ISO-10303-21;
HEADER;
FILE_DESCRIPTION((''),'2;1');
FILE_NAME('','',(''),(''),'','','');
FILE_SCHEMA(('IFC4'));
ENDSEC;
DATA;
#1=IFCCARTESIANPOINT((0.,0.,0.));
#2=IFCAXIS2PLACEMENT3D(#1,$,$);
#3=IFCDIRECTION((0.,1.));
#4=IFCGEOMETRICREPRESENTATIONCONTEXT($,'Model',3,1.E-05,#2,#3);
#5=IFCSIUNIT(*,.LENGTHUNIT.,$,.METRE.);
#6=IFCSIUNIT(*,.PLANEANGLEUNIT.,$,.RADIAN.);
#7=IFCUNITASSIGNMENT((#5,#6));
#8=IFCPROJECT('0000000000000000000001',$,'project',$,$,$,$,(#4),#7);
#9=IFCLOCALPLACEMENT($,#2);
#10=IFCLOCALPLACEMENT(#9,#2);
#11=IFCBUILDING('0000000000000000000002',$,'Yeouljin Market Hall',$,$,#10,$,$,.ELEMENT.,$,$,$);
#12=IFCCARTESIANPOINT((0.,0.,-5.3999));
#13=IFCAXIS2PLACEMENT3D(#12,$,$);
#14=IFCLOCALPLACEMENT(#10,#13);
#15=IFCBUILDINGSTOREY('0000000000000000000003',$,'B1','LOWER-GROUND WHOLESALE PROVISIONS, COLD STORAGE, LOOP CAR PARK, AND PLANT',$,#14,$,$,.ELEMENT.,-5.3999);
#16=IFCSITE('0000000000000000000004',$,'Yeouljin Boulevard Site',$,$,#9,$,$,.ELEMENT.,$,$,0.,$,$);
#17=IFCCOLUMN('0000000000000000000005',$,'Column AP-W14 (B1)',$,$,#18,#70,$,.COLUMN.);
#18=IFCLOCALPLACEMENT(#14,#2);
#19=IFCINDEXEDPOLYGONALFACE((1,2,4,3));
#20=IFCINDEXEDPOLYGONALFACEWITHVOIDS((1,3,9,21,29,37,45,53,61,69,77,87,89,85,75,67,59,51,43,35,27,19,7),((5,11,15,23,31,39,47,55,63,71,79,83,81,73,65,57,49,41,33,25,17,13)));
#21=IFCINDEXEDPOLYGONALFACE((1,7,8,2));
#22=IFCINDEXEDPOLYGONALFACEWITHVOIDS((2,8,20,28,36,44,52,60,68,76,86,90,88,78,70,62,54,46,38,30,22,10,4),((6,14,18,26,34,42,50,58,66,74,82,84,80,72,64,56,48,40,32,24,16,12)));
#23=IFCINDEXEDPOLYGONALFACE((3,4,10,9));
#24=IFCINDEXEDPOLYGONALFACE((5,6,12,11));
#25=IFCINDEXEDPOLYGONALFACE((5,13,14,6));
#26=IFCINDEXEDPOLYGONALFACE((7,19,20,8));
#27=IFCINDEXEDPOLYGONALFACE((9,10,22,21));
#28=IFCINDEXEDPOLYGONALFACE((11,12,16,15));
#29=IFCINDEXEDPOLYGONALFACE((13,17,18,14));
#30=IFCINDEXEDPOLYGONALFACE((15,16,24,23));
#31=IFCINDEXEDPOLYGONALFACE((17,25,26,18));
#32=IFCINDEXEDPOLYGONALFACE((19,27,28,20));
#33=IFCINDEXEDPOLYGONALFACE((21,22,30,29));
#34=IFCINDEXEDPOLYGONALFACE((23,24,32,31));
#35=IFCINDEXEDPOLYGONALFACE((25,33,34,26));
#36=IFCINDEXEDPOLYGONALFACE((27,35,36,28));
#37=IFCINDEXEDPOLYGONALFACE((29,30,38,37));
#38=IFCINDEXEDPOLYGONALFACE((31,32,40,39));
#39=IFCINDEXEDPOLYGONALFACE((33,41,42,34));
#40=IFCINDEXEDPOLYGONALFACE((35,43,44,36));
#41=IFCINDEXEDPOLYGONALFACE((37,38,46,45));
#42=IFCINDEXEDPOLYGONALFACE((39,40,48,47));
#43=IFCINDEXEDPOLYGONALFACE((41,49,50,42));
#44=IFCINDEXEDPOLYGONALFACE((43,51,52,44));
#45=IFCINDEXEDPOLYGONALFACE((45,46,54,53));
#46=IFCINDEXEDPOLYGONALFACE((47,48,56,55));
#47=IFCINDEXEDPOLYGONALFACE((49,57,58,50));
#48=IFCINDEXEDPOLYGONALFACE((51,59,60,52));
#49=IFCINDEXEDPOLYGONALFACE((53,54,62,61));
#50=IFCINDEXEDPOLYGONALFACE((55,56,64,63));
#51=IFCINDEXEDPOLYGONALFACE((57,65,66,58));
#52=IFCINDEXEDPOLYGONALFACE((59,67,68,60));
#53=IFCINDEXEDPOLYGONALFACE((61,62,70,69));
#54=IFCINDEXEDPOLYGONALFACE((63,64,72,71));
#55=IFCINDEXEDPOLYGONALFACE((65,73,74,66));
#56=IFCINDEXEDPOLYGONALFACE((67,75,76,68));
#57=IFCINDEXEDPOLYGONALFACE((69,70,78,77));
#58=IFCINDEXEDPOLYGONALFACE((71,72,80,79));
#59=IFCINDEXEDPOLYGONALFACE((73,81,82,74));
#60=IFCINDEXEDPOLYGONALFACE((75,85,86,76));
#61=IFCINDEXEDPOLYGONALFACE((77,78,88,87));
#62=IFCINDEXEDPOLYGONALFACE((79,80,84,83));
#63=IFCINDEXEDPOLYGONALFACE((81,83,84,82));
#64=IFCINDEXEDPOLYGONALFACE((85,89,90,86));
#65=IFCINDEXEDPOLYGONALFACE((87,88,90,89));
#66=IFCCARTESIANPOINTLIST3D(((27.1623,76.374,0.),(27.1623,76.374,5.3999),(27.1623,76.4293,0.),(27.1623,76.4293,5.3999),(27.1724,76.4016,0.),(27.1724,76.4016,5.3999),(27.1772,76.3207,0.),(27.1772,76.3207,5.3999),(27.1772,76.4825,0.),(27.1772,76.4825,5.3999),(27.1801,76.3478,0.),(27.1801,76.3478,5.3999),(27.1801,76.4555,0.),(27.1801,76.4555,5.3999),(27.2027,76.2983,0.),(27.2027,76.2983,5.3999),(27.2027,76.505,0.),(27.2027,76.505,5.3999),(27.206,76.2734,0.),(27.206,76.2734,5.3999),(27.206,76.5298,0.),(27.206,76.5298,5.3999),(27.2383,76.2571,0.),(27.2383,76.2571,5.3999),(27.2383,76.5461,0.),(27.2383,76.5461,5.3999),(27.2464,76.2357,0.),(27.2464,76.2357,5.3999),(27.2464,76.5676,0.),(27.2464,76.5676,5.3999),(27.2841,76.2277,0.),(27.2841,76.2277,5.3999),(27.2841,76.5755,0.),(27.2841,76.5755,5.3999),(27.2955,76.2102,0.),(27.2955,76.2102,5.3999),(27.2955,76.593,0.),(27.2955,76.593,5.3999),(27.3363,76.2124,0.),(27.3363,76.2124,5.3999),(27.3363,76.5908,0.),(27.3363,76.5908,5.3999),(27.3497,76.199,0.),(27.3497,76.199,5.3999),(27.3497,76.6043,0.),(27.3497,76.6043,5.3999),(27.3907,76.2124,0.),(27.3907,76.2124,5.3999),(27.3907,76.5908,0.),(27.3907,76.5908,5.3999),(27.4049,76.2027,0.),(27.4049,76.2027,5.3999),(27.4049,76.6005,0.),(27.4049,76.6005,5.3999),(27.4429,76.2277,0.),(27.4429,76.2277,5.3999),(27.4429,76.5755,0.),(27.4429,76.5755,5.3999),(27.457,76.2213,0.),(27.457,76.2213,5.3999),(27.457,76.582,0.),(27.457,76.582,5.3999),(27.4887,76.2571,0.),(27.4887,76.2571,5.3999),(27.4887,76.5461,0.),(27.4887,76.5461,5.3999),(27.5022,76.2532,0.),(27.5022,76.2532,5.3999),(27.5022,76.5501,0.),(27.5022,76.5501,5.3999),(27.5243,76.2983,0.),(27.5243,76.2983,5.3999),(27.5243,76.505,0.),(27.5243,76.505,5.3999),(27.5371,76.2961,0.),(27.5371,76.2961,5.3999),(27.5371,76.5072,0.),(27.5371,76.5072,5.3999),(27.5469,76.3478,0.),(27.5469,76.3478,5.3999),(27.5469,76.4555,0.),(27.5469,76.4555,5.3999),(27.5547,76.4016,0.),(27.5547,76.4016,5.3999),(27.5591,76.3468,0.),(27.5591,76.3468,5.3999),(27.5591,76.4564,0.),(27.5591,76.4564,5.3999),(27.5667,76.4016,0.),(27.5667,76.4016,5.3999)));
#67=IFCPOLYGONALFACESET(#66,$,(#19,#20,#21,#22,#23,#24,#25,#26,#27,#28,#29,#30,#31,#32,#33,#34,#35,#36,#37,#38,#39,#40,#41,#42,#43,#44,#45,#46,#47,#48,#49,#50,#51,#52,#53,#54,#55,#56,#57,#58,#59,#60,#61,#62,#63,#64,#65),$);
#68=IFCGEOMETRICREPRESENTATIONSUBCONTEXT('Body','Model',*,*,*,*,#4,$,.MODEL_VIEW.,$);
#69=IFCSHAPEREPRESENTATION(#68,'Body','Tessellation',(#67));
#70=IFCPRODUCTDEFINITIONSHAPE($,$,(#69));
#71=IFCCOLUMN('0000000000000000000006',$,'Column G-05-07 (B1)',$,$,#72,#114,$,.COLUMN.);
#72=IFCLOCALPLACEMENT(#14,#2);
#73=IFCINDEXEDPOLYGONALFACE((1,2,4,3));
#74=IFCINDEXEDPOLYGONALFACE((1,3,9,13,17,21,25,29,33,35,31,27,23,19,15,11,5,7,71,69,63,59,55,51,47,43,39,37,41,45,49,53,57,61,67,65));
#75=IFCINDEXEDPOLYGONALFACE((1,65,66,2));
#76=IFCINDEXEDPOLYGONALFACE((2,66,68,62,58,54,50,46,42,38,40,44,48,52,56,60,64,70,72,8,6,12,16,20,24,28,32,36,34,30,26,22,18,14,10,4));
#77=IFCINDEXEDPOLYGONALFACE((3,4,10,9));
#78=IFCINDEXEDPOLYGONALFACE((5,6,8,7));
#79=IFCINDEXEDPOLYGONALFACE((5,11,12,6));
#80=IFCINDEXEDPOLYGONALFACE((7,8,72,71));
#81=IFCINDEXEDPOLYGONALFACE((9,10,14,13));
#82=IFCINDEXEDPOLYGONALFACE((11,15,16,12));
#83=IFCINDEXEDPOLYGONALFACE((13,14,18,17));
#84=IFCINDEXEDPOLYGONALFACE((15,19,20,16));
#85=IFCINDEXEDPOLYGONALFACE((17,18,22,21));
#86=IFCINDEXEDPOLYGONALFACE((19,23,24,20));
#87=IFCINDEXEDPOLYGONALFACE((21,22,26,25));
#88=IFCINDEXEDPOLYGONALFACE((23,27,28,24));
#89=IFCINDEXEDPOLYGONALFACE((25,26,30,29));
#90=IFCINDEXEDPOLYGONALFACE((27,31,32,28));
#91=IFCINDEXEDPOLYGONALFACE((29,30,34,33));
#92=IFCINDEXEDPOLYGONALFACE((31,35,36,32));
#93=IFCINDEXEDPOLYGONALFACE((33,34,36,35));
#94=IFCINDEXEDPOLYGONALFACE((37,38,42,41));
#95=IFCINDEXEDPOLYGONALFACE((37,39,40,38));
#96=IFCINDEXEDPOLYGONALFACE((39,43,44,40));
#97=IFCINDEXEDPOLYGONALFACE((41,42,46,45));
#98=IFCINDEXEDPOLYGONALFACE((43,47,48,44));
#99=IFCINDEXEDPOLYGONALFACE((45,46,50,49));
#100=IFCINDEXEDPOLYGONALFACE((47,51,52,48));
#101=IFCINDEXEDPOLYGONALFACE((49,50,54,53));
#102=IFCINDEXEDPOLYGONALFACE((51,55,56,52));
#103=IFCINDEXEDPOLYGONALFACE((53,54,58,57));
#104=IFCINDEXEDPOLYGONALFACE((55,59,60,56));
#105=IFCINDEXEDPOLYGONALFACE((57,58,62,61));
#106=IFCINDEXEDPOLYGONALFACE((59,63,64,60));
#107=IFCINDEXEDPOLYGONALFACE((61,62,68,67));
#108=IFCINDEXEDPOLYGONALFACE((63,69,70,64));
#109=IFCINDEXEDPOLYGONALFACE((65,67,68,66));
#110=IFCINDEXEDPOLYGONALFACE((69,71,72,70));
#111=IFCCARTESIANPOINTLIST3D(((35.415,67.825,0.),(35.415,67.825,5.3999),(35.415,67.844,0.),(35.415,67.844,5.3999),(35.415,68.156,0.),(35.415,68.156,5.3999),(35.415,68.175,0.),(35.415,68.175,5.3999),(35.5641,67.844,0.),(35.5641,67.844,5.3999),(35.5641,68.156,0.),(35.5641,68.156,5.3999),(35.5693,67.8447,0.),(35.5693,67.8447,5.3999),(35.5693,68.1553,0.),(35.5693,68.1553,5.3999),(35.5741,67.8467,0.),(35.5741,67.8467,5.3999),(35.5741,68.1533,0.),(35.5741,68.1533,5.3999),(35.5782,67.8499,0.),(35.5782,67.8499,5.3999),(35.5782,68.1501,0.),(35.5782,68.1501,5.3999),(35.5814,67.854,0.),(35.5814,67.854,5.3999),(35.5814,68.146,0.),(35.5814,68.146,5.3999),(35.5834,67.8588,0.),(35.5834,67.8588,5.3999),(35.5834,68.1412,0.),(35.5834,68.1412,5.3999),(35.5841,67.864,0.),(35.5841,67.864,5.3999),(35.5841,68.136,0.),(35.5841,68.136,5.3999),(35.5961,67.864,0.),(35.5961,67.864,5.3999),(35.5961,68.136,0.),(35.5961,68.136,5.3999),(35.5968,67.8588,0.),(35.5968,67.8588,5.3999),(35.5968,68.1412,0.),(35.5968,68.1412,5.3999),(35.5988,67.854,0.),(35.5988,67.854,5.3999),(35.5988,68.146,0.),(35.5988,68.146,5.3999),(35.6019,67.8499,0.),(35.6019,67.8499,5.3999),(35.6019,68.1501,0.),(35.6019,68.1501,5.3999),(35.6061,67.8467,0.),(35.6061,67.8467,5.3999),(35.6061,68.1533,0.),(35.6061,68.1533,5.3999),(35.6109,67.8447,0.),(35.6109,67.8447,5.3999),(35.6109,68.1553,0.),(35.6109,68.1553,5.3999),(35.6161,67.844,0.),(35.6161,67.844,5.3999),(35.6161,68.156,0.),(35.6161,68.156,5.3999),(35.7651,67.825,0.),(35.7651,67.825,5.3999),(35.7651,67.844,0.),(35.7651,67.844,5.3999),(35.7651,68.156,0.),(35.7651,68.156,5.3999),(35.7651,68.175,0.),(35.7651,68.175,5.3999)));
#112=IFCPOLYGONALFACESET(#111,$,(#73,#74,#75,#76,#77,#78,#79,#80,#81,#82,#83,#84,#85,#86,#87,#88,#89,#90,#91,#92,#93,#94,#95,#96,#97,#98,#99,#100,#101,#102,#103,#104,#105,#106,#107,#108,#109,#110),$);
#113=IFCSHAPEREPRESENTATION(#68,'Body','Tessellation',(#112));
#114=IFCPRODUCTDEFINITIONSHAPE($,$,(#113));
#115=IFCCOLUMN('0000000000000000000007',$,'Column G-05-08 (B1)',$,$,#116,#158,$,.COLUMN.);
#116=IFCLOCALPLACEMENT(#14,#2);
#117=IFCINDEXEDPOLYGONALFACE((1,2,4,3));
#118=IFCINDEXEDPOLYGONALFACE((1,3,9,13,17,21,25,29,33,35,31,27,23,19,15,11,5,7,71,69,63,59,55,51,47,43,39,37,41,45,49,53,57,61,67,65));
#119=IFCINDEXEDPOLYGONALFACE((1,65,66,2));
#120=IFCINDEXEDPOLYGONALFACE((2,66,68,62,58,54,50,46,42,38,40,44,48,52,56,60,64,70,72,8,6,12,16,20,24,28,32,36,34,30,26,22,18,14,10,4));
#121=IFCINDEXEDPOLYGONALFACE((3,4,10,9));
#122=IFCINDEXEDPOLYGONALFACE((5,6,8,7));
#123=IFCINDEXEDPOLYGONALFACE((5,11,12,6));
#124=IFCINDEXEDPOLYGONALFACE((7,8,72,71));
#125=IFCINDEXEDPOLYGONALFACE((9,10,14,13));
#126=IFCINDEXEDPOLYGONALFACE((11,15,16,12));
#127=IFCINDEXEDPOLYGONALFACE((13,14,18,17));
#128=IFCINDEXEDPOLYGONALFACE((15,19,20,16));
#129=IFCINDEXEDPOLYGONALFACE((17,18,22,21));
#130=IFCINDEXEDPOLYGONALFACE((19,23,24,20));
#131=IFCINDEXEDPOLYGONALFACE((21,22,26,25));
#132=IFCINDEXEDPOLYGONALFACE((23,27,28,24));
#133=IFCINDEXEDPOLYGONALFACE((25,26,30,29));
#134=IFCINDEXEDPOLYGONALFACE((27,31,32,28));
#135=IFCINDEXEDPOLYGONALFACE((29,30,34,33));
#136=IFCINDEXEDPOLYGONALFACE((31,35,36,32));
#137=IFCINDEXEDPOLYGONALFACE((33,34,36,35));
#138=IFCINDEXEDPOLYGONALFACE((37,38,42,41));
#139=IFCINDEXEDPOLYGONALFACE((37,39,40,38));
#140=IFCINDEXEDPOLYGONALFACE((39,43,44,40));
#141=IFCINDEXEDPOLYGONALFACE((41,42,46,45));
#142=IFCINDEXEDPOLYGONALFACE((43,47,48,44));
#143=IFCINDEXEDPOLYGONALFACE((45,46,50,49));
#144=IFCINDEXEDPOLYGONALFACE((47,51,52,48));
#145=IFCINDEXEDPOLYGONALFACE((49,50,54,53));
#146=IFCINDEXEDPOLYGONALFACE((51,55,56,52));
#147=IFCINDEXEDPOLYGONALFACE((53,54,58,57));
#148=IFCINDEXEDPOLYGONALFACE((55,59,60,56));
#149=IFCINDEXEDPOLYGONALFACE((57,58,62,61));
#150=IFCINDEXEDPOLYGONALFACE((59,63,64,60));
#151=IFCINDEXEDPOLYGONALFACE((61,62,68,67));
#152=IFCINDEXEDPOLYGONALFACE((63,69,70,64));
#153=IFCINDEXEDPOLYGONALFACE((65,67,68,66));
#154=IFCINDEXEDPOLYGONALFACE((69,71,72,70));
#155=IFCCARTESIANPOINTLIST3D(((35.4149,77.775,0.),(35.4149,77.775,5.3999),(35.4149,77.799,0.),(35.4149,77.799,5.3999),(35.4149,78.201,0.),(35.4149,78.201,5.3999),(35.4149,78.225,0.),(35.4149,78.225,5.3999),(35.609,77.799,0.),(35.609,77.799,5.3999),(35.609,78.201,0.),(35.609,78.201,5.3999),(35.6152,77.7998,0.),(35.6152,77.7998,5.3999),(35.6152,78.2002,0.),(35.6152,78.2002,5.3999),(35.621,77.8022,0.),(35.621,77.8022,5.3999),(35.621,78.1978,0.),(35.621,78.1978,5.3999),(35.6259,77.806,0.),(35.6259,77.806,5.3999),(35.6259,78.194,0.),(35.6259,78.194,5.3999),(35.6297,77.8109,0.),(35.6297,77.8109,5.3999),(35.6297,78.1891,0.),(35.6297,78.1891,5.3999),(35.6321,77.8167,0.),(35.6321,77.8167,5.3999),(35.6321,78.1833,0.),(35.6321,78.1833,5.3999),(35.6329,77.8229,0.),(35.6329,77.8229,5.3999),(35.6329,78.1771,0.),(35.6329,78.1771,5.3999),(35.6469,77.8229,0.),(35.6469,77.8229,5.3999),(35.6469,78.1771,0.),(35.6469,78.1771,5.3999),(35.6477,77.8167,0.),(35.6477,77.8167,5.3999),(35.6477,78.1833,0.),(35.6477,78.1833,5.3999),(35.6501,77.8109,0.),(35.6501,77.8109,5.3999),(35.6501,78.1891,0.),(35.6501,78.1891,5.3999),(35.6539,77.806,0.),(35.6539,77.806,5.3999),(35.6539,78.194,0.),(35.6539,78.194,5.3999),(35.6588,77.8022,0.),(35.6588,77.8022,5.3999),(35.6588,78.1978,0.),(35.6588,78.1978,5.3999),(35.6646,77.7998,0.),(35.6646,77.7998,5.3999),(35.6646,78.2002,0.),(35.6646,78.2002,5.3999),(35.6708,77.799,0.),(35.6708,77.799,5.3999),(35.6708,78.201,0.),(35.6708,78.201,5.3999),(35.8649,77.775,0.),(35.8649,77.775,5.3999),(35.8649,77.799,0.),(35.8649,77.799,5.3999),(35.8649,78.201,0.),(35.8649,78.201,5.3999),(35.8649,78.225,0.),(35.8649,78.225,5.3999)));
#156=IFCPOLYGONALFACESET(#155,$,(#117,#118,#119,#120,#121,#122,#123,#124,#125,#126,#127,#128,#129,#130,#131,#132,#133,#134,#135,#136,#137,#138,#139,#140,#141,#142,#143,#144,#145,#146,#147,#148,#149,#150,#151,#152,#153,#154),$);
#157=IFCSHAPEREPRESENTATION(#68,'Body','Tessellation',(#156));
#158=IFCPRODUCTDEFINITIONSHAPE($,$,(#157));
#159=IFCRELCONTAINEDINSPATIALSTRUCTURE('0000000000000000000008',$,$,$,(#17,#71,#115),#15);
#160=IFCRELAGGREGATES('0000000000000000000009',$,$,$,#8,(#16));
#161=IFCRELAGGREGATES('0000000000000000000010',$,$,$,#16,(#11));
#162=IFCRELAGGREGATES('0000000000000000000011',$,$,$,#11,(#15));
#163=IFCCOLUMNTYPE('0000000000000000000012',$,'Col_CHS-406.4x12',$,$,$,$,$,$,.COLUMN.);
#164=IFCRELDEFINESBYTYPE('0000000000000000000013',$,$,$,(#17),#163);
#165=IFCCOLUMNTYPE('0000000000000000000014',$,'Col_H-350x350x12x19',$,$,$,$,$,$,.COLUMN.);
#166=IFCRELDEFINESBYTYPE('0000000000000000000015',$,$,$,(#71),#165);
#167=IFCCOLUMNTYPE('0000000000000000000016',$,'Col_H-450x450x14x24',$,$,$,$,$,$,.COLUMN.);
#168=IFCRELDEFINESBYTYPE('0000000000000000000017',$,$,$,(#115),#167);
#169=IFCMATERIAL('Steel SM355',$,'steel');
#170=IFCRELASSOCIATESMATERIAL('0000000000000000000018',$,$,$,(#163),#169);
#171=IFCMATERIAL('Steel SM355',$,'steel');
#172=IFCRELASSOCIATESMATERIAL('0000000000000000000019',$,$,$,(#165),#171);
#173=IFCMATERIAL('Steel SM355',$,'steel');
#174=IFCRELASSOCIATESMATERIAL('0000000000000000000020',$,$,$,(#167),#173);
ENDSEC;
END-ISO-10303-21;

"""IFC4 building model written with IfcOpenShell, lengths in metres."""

from ifc_helpers import new_model, si_unit, direction, frame, origin, origin_2d, place, context, subcontext, project, spatial, hollow_circle, i_section, extrude, material, material_profile, profile_set, type_object, element, save


model = new_model("IFC4")

# Units and contexts
model_context = context("Model", 3, precision=1e-05, world=origin(), true_north=direction((0.0, 1.0)))
body_context = subcontext(model_context, "Body", "Model", "MODEL_VIEW")
ifc_project = project(units=[si_unit("LENGTHUNIT", "METRE"), si_unit("PLANEANGLEUNIT", "RADIAN")], contexts=[model_context])

# Site, building, storey
site_placement = place(None, origin())
site = spatial("IfcSite", under=ifc_project, at=site_placement, Name="Yeouljin Boulevard Site", CompositionType="ELEMENT", RefElevation=0.0)
building_placement = place(site_placement, origin())
building = spatial("IfcBuilding", under=site, at=building_placement, Name="Yeouljin Market Hall", CompositionType="ELEMENT")
storey_placement = place(building_placement, frame((0.0, 0.0, -5.3999)))
storey = spatial("IfcBuildingStorey", under=building, at=storey_placement, Name="B1", Description="LOWER-GROUND WHOLESALE PROVISIONS, COLD STORAGE, LOOP CAR PARK, AND PLANT", CompositionType="ELEMENT", Elevation=-5.3999)

# Columns
ifc_material_1 = material(Name="Steel SM355", Category="steel")
ifc_material_profile_1 = material_profile(ifc_material_1, hollow_circle(Radius=0.2031, WallThickness=0.012, at=origin_2d()), Name="CHS-406.4x12")
ifc_profile_set_1 = profile_set([ifc_material_profile_1], Name="Steel SM355")
column_type_1 = type_object("IfcColumnType", Name="Col_CHS-406.4x12", PredefinedType="COLUMN", material=ifc_profile_set_1)
for number, where, z_axis, x_axis, name in (
    (1, (27.3635, 76.4016, 0.0), (0.0, 0.0, 1.0), (1.0, 0.0, 0.0), "Column AP-W14 (B1)"),
):
    element("IfcColumn", number, at=place(storey_placement, frame(where, z_axis=z_axis, x_axis=x_axis)), inside=storey, type_object=column_type_1, Name=name, PredefinedType="COLUMN", context=body_context, shape_type="SweptSolid", body=[
        extrude(hollow_circle(Radius=0.2031, WallThickness=0.012, at=origin_2d()), origin(), (0.0, 0.0, 1.0), 5.3999),
    ])
ifc_material_2 = material(Name="Steel SM355", Category="steel")
ifc_material_profile_2 = material_profile(ifc_material_2, i_section(OverallWidth=0.3501, OverallDepth=0.3501, WebThickness=0.012, FlangeThickness=0.019, FilletRadius=0.02, at=origin_2d()), Name="H-350x350x12x19")
ifc_profile_set_2 = profile_set([ifc_material_profile_2], Name="Steel SM355")
column_type_2 = type_object("IfcColumnType", Name="Col_H-350x350x12x19", PredefinedType="COLUMN", material=ifc_profile_set_2)
column_1_placement = place(storey_placement, frame((35.5901, 68.0, 0.0), z_axis=(0.0, 0.0, 1.0), x_axis=(1.0, 0.0, 0.0)))
element("IfcColumn", 2, at=column_1_placement, inside=storey, type_object=column_type_2, Name="Column G-05-07 (B1)", PredefinedType="COLUMN", context=body_context, shape_type="SweptSolid", body=[
    extrude(i_section(OverallWidth=0.3501, OverallDepth=0.3501, WebThickness=0.012, FlangeThickness=0.019, FilletRadius=0.02, at=origin_2d()), origin(), (0.0, 0.0, 1.0), 5.3999),
])
ifc_material_3 = material(Name="Steel SM355", Category="steel")
ifc_material_profile_3 = material_profile(ifc_material_3, i_section(OverallWidth=0.45, OverallDepth=0.45, WebThickness=0.0139, FlangeThickness=0.0239, FilletRadius=0.0239, at=origin_2d()), Name="H-450x450x14x24")
ifc_profile_set_3 = profile_set([ifc_material_profile_3], Name="Steel SM355")
column_type_3 = type_object("IfcColumnType", Name="Col_H-450x450x14x24", PredefinedType="COLUMN", material=ifc_profile_set_3)
column_2_placement = place(storey_placement, frame((35.6399, 78.0, 0.0), z_axis=(0.0, 0.0, 1.0), x_axis=(1.0, 0.0, 0.0)))
element("IfcColumn", 3, at=column_2_placement, inside=storey, type_object=column_type_3, Name="Column G-05-08 (B1)", PredefinedType="COLUMN", context=body_context, shape_type="SweptSolid", body=[
    extrude(i_section(OverallWidth=0.45, OverallDepth=0.45, WebThickness=0.0139, FlangeThickness=0.0239, FilletRadius=0.0239, at=origin_2d()), origin(), (0.0, 0.0, 1.0), 5.3999),
])

save(model, "model.ifc")
